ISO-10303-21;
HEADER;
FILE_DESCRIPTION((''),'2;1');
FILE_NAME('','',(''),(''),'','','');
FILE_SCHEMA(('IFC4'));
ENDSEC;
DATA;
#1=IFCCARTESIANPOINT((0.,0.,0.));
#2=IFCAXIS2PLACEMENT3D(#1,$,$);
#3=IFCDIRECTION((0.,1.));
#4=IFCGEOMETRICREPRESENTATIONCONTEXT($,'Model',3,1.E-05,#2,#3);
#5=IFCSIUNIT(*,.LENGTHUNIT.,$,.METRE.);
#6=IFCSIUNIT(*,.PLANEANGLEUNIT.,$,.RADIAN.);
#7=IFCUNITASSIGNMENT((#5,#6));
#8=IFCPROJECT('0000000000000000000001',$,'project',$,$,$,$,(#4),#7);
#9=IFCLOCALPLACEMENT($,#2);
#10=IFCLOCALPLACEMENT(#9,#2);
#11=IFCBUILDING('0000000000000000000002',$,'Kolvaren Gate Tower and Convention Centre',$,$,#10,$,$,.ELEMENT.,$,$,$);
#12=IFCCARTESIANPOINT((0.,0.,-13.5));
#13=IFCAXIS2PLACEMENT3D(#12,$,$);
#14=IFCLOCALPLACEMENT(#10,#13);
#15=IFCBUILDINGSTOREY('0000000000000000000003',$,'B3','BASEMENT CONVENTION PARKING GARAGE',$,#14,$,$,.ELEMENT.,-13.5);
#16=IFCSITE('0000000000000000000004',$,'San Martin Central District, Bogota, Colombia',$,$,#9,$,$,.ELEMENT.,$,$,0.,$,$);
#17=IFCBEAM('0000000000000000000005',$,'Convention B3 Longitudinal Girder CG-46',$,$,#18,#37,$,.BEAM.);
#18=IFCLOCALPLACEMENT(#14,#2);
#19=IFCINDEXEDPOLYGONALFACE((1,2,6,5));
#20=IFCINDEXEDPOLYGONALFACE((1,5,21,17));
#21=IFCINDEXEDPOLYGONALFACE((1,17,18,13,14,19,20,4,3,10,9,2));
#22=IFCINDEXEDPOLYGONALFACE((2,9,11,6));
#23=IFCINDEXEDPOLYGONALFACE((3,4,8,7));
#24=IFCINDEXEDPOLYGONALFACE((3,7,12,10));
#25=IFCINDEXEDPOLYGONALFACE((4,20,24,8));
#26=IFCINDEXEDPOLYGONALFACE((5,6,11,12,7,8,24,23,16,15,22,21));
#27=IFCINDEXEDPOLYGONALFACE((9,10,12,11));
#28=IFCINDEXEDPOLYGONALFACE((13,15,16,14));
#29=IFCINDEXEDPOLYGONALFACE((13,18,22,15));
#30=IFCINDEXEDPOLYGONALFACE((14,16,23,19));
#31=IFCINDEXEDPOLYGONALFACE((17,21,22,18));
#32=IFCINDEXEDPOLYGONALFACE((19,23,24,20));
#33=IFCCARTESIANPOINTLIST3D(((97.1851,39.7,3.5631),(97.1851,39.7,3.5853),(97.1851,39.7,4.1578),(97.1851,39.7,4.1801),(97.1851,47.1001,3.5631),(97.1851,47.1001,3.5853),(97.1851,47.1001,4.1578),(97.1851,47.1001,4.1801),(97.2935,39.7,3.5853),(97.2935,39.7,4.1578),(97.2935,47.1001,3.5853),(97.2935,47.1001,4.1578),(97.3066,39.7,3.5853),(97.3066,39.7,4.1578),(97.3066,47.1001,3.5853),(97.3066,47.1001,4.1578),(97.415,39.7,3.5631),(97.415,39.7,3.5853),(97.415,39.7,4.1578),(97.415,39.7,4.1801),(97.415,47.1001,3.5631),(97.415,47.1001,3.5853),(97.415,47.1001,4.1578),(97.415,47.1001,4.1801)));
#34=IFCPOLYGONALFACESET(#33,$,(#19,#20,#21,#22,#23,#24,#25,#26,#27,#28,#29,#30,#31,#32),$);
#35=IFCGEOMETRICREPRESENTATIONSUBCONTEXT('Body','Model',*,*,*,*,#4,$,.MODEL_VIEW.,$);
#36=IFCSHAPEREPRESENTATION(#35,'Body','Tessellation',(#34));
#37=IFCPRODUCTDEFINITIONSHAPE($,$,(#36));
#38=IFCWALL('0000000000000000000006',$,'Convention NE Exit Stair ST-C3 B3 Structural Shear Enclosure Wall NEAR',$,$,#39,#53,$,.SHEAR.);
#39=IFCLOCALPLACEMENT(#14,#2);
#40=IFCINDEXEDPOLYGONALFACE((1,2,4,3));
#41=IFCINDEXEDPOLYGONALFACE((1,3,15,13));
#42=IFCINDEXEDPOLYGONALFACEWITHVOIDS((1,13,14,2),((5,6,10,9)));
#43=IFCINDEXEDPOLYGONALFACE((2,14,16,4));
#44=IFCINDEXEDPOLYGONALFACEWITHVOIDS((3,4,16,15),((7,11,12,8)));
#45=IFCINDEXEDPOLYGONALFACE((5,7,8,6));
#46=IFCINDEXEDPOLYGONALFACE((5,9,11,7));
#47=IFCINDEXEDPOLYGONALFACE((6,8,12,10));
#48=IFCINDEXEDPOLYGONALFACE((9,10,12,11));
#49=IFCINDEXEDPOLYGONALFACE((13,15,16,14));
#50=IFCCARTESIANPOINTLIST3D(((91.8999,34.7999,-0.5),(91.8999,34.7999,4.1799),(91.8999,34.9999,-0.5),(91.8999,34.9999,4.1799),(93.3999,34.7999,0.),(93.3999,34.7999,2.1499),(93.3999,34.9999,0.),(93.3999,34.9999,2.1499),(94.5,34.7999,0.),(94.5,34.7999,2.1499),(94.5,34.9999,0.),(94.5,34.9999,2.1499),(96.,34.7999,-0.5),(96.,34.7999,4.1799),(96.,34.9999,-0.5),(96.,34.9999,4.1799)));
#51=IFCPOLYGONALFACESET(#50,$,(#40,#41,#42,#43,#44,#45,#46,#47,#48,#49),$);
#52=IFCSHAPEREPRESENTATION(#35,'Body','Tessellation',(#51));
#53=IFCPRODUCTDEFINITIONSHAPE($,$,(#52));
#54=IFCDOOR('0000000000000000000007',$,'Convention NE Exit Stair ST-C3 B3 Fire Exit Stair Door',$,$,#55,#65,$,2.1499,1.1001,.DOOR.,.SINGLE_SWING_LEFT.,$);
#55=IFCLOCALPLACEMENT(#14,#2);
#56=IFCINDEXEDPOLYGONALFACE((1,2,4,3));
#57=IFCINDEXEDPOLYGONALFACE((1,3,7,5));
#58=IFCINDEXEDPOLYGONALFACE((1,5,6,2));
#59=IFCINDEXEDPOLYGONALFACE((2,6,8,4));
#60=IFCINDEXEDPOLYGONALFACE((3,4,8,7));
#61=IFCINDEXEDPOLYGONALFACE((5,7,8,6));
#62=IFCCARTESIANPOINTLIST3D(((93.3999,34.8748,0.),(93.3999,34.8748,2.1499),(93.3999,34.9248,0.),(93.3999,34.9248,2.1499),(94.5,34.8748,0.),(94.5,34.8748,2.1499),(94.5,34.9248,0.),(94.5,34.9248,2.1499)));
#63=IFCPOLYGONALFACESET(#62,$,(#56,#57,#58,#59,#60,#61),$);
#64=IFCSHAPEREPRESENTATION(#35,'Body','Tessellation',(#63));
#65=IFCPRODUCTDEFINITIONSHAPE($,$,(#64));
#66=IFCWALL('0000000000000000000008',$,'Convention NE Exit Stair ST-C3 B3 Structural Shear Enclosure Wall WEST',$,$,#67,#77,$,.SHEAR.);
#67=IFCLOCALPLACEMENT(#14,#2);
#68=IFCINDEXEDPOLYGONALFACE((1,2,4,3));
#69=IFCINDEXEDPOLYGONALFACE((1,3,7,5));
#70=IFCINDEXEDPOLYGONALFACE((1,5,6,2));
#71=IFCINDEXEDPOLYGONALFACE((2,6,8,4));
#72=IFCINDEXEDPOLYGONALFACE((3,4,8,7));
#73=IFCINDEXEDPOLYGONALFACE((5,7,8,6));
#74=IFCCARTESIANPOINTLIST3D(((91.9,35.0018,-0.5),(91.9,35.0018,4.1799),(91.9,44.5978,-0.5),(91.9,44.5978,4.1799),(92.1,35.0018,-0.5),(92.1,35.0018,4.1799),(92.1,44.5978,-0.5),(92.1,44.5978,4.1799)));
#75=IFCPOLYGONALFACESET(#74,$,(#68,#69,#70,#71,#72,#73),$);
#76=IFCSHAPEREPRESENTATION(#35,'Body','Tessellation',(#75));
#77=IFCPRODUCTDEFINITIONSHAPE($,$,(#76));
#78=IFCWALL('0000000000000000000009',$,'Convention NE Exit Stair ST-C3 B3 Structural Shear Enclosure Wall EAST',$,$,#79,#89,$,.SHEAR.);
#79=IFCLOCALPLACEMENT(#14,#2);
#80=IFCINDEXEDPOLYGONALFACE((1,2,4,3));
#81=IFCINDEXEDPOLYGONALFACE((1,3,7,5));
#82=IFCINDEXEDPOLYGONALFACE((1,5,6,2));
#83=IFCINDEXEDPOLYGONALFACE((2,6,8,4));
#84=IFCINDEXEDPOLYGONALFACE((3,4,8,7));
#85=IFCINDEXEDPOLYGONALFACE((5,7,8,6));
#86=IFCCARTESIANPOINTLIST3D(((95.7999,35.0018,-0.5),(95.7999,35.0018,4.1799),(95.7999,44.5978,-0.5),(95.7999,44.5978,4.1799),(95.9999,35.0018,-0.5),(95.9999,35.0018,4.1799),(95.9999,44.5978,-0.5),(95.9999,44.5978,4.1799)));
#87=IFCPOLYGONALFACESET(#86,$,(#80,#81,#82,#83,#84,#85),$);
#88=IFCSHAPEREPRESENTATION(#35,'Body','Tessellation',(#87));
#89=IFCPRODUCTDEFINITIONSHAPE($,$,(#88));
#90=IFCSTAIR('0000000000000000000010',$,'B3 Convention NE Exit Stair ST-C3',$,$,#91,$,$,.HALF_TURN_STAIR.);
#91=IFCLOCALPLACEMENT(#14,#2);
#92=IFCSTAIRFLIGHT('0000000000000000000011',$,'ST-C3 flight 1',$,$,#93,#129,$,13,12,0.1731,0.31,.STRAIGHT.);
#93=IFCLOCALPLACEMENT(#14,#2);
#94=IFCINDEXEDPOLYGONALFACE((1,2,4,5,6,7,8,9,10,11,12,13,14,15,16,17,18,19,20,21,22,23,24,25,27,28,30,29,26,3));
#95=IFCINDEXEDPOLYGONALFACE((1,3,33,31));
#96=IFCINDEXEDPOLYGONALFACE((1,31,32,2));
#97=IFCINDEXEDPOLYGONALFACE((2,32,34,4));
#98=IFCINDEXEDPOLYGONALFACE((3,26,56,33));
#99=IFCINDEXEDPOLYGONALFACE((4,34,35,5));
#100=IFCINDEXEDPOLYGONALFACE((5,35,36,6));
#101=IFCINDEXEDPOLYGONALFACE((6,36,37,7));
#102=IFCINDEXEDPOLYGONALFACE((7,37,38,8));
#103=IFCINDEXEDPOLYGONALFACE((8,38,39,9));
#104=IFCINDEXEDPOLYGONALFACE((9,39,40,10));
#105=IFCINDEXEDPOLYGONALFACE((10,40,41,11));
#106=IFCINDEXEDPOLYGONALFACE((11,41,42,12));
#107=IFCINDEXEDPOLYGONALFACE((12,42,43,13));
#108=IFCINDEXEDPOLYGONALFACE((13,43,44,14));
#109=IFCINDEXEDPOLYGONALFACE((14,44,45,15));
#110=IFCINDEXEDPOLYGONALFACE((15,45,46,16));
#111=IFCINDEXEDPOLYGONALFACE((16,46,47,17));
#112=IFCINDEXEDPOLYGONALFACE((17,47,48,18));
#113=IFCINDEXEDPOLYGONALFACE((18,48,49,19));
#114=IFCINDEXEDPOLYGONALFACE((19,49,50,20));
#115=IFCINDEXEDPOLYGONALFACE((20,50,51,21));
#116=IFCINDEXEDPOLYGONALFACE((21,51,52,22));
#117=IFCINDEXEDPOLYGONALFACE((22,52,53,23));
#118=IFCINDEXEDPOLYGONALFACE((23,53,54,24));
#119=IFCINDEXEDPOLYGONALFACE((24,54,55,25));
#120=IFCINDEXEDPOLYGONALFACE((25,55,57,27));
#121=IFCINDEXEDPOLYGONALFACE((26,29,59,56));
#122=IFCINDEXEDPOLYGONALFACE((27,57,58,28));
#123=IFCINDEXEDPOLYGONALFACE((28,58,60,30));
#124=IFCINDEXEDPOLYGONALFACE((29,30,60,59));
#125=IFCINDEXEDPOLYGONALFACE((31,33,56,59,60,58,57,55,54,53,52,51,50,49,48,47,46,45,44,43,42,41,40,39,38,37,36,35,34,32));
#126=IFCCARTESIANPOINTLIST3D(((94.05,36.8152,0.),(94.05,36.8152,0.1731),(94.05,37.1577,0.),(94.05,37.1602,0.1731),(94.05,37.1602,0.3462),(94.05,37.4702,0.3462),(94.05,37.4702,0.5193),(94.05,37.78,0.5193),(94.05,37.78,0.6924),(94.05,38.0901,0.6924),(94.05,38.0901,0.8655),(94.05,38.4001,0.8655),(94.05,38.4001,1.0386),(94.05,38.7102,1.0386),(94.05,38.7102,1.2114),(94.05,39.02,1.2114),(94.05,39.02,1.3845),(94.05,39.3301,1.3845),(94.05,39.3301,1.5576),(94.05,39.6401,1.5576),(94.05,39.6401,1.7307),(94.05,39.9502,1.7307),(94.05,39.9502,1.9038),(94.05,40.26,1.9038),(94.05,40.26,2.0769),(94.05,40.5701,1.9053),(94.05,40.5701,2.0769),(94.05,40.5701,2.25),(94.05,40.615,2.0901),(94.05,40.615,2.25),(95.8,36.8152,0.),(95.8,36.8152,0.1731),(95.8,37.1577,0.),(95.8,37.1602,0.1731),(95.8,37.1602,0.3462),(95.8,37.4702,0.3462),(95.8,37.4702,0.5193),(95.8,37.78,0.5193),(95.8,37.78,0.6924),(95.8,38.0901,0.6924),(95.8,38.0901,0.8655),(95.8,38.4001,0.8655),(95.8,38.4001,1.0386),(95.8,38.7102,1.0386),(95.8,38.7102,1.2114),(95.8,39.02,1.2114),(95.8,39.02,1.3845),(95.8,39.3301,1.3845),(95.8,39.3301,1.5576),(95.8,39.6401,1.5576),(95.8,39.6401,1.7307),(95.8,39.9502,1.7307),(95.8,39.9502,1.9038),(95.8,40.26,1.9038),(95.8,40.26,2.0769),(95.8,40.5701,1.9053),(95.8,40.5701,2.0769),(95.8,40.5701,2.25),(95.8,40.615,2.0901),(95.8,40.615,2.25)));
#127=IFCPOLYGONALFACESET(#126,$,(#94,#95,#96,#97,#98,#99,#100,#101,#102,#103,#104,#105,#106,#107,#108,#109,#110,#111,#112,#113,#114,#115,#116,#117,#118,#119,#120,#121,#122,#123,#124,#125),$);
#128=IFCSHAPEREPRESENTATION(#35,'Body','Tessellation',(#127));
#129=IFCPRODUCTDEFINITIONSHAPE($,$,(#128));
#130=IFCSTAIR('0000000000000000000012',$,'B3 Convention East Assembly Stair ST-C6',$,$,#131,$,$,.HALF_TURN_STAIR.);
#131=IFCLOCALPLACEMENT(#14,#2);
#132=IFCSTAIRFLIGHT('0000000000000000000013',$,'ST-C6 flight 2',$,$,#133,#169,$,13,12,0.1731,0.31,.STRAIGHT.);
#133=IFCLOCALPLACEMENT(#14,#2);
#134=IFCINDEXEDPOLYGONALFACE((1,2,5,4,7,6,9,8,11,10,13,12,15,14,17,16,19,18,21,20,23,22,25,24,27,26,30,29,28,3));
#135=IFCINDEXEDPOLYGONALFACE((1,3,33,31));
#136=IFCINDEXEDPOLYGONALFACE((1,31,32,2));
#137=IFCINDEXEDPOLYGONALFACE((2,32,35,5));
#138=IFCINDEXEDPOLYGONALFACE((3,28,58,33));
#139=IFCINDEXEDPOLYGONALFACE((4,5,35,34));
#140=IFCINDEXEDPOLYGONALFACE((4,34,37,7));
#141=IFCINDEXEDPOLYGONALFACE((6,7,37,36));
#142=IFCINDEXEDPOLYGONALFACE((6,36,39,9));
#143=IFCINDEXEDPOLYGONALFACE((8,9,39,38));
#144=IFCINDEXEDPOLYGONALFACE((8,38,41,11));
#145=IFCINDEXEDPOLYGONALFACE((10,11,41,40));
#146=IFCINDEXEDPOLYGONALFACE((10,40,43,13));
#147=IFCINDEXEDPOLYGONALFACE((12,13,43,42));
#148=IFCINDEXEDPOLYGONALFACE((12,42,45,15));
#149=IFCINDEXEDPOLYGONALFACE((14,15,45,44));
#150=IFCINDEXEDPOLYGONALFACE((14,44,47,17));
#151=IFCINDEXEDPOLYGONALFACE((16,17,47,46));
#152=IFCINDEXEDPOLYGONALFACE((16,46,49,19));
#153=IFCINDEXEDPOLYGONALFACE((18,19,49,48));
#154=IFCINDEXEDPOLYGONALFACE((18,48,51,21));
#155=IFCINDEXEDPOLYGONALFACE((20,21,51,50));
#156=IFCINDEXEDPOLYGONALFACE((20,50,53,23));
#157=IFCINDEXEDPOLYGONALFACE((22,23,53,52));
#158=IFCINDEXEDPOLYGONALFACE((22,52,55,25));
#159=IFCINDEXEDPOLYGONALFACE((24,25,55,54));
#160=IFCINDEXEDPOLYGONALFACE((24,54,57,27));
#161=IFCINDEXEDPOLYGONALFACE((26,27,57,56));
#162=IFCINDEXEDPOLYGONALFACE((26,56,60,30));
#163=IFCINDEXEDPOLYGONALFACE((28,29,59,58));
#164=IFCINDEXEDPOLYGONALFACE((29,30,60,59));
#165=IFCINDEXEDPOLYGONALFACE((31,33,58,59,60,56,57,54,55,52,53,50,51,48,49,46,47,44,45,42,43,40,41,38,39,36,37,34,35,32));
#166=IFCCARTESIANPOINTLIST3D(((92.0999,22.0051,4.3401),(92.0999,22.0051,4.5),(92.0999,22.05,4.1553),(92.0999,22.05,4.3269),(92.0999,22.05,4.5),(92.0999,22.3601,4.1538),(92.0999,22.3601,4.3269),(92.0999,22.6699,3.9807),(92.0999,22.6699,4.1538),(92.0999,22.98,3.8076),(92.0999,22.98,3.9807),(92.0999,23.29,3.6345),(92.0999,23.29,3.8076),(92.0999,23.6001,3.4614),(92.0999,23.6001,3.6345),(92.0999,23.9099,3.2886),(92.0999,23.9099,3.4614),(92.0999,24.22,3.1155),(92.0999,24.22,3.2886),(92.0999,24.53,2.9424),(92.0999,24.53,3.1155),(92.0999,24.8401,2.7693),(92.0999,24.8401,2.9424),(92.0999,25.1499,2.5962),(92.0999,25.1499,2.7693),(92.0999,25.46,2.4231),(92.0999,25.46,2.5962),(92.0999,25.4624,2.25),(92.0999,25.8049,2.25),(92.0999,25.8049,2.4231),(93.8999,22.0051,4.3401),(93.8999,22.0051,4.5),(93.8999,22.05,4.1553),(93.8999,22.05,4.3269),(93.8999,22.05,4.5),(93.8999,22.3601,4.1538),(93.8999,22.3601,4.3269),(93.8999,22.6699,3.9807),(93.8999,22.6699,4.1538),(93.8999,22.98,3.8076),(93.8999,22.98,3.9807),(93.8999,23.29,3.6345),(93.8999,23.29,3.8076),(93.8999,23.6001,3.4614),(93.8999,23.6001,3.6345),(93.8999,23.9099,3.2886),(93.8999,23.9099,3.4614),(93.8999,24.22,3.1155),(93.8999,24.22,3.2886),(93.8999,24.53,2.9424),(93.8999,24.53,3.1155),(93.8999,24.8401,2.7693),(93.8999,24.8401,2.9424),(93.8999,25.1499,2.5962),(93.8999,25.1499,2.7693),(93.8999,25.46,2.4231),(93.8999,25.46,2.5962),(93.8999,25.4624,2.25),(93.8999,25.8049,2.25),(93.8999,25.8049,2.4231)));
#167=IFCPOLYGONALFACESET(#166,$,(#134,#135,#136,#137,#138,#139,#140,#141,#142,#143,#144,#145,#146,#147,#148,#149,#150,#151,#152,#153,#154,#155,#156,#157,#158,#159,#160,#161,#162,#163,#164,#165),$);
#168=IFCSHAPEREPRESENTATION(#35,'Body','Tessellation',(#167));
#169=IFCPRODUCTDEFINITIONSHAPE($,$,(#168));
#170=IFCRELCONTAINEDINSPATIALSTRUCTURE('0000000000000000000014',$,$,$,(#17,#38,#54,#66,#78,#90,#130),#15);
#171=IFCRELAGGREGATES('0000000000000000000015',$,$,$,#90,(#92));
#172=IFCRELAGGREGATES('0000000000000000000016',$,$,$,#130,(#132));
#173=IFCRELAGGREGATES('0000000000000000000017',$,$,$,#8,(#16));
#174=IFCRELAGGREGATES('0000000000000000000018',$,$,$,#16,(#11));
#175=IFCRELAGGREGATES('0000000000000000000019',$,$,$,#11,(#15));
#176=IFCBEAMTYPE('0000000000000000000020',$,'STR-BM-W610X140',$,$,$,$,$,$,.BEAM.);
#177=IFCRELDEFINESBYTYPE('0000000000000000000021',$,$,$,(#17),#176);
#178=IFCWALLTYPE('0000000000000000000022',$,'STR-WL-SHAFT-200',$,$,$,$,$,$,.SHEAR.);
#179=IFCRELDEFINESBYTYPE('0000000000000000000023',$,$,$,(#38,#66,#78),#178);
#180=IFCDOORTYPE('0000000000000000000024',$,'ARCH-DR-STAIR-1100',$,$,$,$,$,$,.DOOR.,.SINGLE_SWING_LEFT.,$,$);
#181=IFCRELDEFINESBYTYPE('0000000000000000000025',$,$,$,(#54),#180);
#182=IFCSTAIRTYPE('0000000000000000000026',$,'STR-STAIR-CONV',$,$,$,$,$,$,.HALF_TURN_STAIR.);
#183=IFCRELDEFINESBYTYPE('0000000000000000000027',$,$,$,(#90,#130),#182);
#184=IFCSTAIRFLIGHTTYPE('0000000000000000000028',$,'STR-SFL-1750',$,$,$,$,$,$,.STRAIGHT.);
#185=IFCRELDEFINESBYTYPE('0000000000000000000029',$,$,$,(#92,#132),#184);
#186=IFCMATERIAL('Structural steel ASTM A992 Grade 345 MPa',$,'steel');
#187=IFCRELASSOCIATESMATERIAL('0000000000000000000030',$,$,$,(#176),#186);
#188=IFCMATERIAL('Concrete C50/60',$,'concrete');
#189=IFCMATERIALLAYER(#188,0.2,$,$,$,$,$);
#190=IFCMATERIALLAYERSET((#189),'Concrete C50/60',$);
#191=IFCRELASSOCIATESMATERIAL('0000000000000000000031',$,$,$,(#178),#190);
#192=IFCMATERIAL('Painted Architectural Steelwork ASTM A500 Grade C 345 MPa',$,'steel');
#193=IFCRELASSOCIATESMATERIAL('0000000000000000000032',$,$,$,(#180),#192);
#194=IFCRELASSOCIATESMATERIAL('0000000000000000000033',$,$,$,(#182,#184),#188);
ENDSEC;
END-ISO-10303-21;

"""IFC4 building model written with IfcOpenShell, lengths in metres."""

from ifc_helpers import new_model, si_unit, direction, frame, frame_2d, origin, origin_2d, place, context, subcontext, project, spatial, polyline, rectangle, i_section, outline, extrude, material, layer, layer_set, material_profile, profile_set, type_object, element, fill, aggregate, save


model = new_model("IFC4")

# Units and contexts
model_context = context("Model", 3, precision=1e-05, world=origin(), true_north=direction((0.0, 1.0)))
body_context = subcontext(model_context, "Body", "Model", "MODEL_VIEW")
ifc_project = project(units=[si_unit("LENGTHUNIT", "METRE"), si_unit("PLANEANGLEUNIT", "RADIAN")], contexts=[model_context])

# Site, building, storey
site_placement = place(None, origin())
site = spatial("IfcSite", under=ifc_project, at=site_placement, Name="San Martin Central District, Bogota, Colombia", CompositionType="ELEMENT", RefElevation=0.0)
building_placement = place(site_placement, origin())
building = spatial("IfcBuilding", under=site, at=building_placement, Name="Kolvaren Gate Tower and Convention Centre", CompositionType="ELEMENT")
storey_placement = place(building_placement, frame((0.0, 0.0, -13.5)))
storey = spatial("IfcBuildingStorey", under=building, at=storey_placement, Name="B3", Description="BASEMENT CONVENTION PARKING GARAGE", CompositionType="ELEMENT", Elevation=-13.5)

# Shared definitions
ifc_material_1 = material(Name="Concrete C50/60", Category="concrete")

# Beam
ifc_material_2 = material(Name="Structural steel ASTM A992 Grade 345 MPa", Category="steel")
ifc_material_profile_1 = material_profile(ifc_material_2, i_section(OverallWidth=0.23, OverallDepth=0.6169, WebThickness=0.0132, FlangeThickness=0.0222, at=origin_2d()), Name="W610X140")
ifc_profile_set_1 = profile_set([ifc_material_profile_1], Name="Structural steel ASTM A992 Grade 345 MPa")
beam_type = type_object("IfcBeamType", Name="STR-BM-W610X140", PredefinedType="BEAM", material=ifc_profile_set_1)
beam_1_placement = place(storey_placement, frame((97.3, 39.7, 3.8716), z_axis=(0.0, 1.0, 0.0), x_axis=(-1.0, 0.0, 0.0)))
element("IfcBeam", 1, at=beam_1_placement, inside=storey, type_object=beam_type, Name="Convention B3 Longitudinal Girder CG-46", PredefinedType="BEAM", context=body_context, shape_type="SweptSolid", body=[
    extrude(i_section(OverallWidth=0.23, OverallDepth=0.6169, WebThickness=0.0132, FlangeThickness=0.0222, at=origin_2d()), origin(), (0.0, 0.0, 1.0), 7.4001),
])

# Wall, opening, door
ifc_layer = layer(ifc_material_1, 0.2)
ifc_layer_set = layer_set([ifc_layer], Name="Concrete C50/60")
wall_type = type_object("IfcWallType", Name="STR-WL-SHAFT-200", PredefinedType="SHEAR", material=ifc_layer_set)
wall_placement = place(storey_placement, frame((91.8999, 34.8999, -0.5), z_axis=(0.0, 0.0, 1.0), x_axis=(1.0, 0.0, 0.0)))
wall = element("IfcWall", 2, at=wall_placement, inside=storey, type_object=wall_type, Name="Convention NE Exit Stair ST-C3 B3 Structural Shear Enclosure Wall NEAR", PredefinedType="SHEAR", context=body_context, shape_type="SweptSolid", body=[
    extrude(rectangle(XDim=4.1001, YDim=0.2, at=frame_2d((2.05, 0.0))), origin(), (0.0, 0.0, 1.0), 4.6799),
])
opening_placement = place(wall_placement, frame((1.5, 0.0, 0.5)))
opening = element("IfcOpeningElement", 3, at=opening_placement, cuts=wall, PredefinedType="OPENING", context=body_context, shape_type="SweptSolid", body=[
    extrude(rectangle(XDim=1.1001, YDim=2.1499, at=frame_2d((0.55, 1.075))), frame((0.0, 0.1099, 0.0), z_axis=(0.0, -1.0, 0.0), x_axis=(1.0, 0.0, 0.0)), (0.0, 0.0, 1.0), 0.22),
])
ifc_material_3 = material(Name="Painted Architectural Steelwork ASTM A500 Grade C 345 MPa", Category="steel")
door_type = type_object("IfcDoorType", Name="ARCH-DR-STAIR-1100", OperationType="SINGLE_SWING_LEFT", PredefinedType="DOOR", material=ifc_material_3)
door_placement = place(opening_placement, origin())
door = element("IfcDoor", 4, at=door_placement, inside=storey, type_object=door_type, Name="Convention NE Exit Stair ST-C3 B3 Fire Exit Stair Door", OperationType="SINGLE_SWING_LEFT", OverallHeight=2.1499, OverallWidth=1.1001, PredefinedType="DOOR", context=body_context, shape_type="SweptSolid", body=[
    extrude(rectangle(XDim=1.1001, YDim=2.1499, at=frame_2d((0.55, 1.075))), frame((0.0, 0.0249, 0.0), z_axis=(0.0, -1.0, 0.0), x_axis=(1.0, 0.0, 0.0)), (0.0, 0.0, 1.0), 0.05),
])
fill(opening, door)

# Walls
for number, where, z_axis, x_axis, name in (
    (5, (92.0, 35.002, -0.5), (0.0, 0.0, 1.0), (0.0, 1.0, 0.0), "Convention NE Exit Stair ST-C3 B3 Structural Shear Enclosure Wall WEST"),
    (6, (95.8999, 35.002, -0.5), (0.0, 0.0, 1.0), (0.0, 1.0, 0.0), "Convention NE Exit Stair ST-C3 B3 Structural Shear Enclosure Wall EAST"),
):
    element("IfcWall", number, at=place(storey_placement, frame(where, z_axis=z_axis, x_axis=x_axis)), inside=storey, type_object=wall_type, Name=name, PredefinedType="SHEAR", context=body_context, shape_type="SweptSolid", body=[
        extrude(rectangle(XDim=9.5959, YDim=0.2, at=frame_2d((4.7979, 0.0))), origin(), (0.0, 0.0, 1.0), 4.6799),
    ])

# Stairs, stair flights
stair_type = type_object("IfcStairType", Name="STR-STAIR-CONV", PredefinedType="HALF_TURN_STAIR", material=ifc_material_1)
stair_1_placement = place(storey_placement, origin())
stair_1 = element("IfcStair", 7, at=stair_1_placement, inside=storey, type_object=stair_type, Name="B3 Convention NE Exit Stair ST-C3", PredefinedType="HALF_TURN_STAIR")
stair_flight_type = type_object("IfcStairFlightType", Name="STR-SFL-1750", PredefinedType="STRAIGHT", material=ifc_material_1)
stair_flight_1_placement = place(storey_placement, frame((94.925, 36.8501, 0.0), z_axis=(0.0, 0.0, 1.0), x_axis=(0.0, 1.0, 0.0)))
stair_flight_1 = element("IfcStairFlight", 8, at=stair_flight_1_placement, type_object=stair_flight_type, Name="ST-C3 flight 1", NumberOfRisers=13, NumberOfTreads=12, PredefinedType="STRAIGHT", RiserHeight=0.1731, TreadLength=0.31, context=body_context, shape_type="SweptSolid", body=[
    extrude(outline(polyline([(-0.0349, 0.0), (-0.0349, 0.1731), (0.3101, 0.1731), (0.3101, 0.3462), (0.6201, 0.3462), (0.6201, 0.5193), (0.9299, 0.5193), (0.9299, 0.6924), (1.24, 0.6924), (1.24, 0.8655), (1.55, 0.8655), (1.55, 1.0386), (1.8601, 1.0386), (1.8601, 1.2114), (2.1699, 1.2114), (2.1699, 1.3845), (2.48, 1.3845), (2.48, 1.5576), (2.79, 1.5576), (2.79, 1.7307), (3.1001, 1.7307), (3.1001, 1.9038), (3.4099, 1.9038), (3.4099, 2.0769), (3.72, 2.0769), (3.72, 2.25), (3.7649, 2.25), (3.7649, 2.0901), (3.72, 1.9053), (0.3076, 0.0), (-0.0349, 0.0)])), frame((0.0, 0.875, 0.0), z_axis=(0.0, -1.0, 0.0), x_axis=(1.0, 0.0, 0.0)), (0.0, 0.0, 1.0), 1.75),
])
aggregate(stair_1, [stair_flight_1])
stair_2_placement = place(storey_placement, origin())
stair_2 = element("IfcStair", 9, at=stair_2_placement, inside=storey, type_object=stair_type, Name="B3 Convention East Assembly Stair ST-C6", PredefinedType="HALF_TURN_STAIR")
stair_flight_2_placement = place(storey_placement, frame((93.0, 25.77, 2.25), z_axis=(0.0, 0.0, 1.0), x_axis=(0.0, -1.0, 0.0)))
stair_flight_2 = element("IfcStairFlight", 10, at=stair_flight_2_placement, type_object=stair_flight_type, Name="ST-C6 flight 2", NumberOfRisers=13, NumberOfTreads=12, PredefinedType="STRAIGHT", RiserHeight=0.1731, TreadLength=0.31, context=body_context, shape_type="SweptSolid", body=[
    extrude(outline(polyline([(-0.0349, 0.0), (-0.0349, 0.1731), (0.3101, 0.1731), (0.3101, 0.3462), (0.6201, 0.3462), (0.6201, 0.5193), (0.9299, 0.5193), (0.9299, 0.6924), (1.24, 0.6924), (1.24, 0.8655), (1.55, 0.8655), (1.55, 1.0386), (1.8601, 1.0386), (1.8601, 1.2114), (2.1699, 1.2114), (2.1699, 1.3845), (2.48, 1.3845), (2.48, 1.5576), (2.79, 1.5576), (2.79, 1.7307), (3.1001, 1.7307), (3.1001, 1.9038), (3.4099, 1.9038), (3.4099, 2.0769), (3.72, 2.0769), (3.72, 2.25), (3.7649, 2.25), (3.7649, 2.0901), (3.72, 1.9053), (0.3076, 0.0), (-0.0349, 0.0)])), frame((0.0, 0.8999, 0.0), z_axis=(0.0, -1.0, 0.0), x_axis=(1.0, 0.0, 0.0)), (0.0, 0.0, 1.0), 1.8),
])
aggregate(stair_2, [stair_flight_2])

save(model, "model.ifc")
